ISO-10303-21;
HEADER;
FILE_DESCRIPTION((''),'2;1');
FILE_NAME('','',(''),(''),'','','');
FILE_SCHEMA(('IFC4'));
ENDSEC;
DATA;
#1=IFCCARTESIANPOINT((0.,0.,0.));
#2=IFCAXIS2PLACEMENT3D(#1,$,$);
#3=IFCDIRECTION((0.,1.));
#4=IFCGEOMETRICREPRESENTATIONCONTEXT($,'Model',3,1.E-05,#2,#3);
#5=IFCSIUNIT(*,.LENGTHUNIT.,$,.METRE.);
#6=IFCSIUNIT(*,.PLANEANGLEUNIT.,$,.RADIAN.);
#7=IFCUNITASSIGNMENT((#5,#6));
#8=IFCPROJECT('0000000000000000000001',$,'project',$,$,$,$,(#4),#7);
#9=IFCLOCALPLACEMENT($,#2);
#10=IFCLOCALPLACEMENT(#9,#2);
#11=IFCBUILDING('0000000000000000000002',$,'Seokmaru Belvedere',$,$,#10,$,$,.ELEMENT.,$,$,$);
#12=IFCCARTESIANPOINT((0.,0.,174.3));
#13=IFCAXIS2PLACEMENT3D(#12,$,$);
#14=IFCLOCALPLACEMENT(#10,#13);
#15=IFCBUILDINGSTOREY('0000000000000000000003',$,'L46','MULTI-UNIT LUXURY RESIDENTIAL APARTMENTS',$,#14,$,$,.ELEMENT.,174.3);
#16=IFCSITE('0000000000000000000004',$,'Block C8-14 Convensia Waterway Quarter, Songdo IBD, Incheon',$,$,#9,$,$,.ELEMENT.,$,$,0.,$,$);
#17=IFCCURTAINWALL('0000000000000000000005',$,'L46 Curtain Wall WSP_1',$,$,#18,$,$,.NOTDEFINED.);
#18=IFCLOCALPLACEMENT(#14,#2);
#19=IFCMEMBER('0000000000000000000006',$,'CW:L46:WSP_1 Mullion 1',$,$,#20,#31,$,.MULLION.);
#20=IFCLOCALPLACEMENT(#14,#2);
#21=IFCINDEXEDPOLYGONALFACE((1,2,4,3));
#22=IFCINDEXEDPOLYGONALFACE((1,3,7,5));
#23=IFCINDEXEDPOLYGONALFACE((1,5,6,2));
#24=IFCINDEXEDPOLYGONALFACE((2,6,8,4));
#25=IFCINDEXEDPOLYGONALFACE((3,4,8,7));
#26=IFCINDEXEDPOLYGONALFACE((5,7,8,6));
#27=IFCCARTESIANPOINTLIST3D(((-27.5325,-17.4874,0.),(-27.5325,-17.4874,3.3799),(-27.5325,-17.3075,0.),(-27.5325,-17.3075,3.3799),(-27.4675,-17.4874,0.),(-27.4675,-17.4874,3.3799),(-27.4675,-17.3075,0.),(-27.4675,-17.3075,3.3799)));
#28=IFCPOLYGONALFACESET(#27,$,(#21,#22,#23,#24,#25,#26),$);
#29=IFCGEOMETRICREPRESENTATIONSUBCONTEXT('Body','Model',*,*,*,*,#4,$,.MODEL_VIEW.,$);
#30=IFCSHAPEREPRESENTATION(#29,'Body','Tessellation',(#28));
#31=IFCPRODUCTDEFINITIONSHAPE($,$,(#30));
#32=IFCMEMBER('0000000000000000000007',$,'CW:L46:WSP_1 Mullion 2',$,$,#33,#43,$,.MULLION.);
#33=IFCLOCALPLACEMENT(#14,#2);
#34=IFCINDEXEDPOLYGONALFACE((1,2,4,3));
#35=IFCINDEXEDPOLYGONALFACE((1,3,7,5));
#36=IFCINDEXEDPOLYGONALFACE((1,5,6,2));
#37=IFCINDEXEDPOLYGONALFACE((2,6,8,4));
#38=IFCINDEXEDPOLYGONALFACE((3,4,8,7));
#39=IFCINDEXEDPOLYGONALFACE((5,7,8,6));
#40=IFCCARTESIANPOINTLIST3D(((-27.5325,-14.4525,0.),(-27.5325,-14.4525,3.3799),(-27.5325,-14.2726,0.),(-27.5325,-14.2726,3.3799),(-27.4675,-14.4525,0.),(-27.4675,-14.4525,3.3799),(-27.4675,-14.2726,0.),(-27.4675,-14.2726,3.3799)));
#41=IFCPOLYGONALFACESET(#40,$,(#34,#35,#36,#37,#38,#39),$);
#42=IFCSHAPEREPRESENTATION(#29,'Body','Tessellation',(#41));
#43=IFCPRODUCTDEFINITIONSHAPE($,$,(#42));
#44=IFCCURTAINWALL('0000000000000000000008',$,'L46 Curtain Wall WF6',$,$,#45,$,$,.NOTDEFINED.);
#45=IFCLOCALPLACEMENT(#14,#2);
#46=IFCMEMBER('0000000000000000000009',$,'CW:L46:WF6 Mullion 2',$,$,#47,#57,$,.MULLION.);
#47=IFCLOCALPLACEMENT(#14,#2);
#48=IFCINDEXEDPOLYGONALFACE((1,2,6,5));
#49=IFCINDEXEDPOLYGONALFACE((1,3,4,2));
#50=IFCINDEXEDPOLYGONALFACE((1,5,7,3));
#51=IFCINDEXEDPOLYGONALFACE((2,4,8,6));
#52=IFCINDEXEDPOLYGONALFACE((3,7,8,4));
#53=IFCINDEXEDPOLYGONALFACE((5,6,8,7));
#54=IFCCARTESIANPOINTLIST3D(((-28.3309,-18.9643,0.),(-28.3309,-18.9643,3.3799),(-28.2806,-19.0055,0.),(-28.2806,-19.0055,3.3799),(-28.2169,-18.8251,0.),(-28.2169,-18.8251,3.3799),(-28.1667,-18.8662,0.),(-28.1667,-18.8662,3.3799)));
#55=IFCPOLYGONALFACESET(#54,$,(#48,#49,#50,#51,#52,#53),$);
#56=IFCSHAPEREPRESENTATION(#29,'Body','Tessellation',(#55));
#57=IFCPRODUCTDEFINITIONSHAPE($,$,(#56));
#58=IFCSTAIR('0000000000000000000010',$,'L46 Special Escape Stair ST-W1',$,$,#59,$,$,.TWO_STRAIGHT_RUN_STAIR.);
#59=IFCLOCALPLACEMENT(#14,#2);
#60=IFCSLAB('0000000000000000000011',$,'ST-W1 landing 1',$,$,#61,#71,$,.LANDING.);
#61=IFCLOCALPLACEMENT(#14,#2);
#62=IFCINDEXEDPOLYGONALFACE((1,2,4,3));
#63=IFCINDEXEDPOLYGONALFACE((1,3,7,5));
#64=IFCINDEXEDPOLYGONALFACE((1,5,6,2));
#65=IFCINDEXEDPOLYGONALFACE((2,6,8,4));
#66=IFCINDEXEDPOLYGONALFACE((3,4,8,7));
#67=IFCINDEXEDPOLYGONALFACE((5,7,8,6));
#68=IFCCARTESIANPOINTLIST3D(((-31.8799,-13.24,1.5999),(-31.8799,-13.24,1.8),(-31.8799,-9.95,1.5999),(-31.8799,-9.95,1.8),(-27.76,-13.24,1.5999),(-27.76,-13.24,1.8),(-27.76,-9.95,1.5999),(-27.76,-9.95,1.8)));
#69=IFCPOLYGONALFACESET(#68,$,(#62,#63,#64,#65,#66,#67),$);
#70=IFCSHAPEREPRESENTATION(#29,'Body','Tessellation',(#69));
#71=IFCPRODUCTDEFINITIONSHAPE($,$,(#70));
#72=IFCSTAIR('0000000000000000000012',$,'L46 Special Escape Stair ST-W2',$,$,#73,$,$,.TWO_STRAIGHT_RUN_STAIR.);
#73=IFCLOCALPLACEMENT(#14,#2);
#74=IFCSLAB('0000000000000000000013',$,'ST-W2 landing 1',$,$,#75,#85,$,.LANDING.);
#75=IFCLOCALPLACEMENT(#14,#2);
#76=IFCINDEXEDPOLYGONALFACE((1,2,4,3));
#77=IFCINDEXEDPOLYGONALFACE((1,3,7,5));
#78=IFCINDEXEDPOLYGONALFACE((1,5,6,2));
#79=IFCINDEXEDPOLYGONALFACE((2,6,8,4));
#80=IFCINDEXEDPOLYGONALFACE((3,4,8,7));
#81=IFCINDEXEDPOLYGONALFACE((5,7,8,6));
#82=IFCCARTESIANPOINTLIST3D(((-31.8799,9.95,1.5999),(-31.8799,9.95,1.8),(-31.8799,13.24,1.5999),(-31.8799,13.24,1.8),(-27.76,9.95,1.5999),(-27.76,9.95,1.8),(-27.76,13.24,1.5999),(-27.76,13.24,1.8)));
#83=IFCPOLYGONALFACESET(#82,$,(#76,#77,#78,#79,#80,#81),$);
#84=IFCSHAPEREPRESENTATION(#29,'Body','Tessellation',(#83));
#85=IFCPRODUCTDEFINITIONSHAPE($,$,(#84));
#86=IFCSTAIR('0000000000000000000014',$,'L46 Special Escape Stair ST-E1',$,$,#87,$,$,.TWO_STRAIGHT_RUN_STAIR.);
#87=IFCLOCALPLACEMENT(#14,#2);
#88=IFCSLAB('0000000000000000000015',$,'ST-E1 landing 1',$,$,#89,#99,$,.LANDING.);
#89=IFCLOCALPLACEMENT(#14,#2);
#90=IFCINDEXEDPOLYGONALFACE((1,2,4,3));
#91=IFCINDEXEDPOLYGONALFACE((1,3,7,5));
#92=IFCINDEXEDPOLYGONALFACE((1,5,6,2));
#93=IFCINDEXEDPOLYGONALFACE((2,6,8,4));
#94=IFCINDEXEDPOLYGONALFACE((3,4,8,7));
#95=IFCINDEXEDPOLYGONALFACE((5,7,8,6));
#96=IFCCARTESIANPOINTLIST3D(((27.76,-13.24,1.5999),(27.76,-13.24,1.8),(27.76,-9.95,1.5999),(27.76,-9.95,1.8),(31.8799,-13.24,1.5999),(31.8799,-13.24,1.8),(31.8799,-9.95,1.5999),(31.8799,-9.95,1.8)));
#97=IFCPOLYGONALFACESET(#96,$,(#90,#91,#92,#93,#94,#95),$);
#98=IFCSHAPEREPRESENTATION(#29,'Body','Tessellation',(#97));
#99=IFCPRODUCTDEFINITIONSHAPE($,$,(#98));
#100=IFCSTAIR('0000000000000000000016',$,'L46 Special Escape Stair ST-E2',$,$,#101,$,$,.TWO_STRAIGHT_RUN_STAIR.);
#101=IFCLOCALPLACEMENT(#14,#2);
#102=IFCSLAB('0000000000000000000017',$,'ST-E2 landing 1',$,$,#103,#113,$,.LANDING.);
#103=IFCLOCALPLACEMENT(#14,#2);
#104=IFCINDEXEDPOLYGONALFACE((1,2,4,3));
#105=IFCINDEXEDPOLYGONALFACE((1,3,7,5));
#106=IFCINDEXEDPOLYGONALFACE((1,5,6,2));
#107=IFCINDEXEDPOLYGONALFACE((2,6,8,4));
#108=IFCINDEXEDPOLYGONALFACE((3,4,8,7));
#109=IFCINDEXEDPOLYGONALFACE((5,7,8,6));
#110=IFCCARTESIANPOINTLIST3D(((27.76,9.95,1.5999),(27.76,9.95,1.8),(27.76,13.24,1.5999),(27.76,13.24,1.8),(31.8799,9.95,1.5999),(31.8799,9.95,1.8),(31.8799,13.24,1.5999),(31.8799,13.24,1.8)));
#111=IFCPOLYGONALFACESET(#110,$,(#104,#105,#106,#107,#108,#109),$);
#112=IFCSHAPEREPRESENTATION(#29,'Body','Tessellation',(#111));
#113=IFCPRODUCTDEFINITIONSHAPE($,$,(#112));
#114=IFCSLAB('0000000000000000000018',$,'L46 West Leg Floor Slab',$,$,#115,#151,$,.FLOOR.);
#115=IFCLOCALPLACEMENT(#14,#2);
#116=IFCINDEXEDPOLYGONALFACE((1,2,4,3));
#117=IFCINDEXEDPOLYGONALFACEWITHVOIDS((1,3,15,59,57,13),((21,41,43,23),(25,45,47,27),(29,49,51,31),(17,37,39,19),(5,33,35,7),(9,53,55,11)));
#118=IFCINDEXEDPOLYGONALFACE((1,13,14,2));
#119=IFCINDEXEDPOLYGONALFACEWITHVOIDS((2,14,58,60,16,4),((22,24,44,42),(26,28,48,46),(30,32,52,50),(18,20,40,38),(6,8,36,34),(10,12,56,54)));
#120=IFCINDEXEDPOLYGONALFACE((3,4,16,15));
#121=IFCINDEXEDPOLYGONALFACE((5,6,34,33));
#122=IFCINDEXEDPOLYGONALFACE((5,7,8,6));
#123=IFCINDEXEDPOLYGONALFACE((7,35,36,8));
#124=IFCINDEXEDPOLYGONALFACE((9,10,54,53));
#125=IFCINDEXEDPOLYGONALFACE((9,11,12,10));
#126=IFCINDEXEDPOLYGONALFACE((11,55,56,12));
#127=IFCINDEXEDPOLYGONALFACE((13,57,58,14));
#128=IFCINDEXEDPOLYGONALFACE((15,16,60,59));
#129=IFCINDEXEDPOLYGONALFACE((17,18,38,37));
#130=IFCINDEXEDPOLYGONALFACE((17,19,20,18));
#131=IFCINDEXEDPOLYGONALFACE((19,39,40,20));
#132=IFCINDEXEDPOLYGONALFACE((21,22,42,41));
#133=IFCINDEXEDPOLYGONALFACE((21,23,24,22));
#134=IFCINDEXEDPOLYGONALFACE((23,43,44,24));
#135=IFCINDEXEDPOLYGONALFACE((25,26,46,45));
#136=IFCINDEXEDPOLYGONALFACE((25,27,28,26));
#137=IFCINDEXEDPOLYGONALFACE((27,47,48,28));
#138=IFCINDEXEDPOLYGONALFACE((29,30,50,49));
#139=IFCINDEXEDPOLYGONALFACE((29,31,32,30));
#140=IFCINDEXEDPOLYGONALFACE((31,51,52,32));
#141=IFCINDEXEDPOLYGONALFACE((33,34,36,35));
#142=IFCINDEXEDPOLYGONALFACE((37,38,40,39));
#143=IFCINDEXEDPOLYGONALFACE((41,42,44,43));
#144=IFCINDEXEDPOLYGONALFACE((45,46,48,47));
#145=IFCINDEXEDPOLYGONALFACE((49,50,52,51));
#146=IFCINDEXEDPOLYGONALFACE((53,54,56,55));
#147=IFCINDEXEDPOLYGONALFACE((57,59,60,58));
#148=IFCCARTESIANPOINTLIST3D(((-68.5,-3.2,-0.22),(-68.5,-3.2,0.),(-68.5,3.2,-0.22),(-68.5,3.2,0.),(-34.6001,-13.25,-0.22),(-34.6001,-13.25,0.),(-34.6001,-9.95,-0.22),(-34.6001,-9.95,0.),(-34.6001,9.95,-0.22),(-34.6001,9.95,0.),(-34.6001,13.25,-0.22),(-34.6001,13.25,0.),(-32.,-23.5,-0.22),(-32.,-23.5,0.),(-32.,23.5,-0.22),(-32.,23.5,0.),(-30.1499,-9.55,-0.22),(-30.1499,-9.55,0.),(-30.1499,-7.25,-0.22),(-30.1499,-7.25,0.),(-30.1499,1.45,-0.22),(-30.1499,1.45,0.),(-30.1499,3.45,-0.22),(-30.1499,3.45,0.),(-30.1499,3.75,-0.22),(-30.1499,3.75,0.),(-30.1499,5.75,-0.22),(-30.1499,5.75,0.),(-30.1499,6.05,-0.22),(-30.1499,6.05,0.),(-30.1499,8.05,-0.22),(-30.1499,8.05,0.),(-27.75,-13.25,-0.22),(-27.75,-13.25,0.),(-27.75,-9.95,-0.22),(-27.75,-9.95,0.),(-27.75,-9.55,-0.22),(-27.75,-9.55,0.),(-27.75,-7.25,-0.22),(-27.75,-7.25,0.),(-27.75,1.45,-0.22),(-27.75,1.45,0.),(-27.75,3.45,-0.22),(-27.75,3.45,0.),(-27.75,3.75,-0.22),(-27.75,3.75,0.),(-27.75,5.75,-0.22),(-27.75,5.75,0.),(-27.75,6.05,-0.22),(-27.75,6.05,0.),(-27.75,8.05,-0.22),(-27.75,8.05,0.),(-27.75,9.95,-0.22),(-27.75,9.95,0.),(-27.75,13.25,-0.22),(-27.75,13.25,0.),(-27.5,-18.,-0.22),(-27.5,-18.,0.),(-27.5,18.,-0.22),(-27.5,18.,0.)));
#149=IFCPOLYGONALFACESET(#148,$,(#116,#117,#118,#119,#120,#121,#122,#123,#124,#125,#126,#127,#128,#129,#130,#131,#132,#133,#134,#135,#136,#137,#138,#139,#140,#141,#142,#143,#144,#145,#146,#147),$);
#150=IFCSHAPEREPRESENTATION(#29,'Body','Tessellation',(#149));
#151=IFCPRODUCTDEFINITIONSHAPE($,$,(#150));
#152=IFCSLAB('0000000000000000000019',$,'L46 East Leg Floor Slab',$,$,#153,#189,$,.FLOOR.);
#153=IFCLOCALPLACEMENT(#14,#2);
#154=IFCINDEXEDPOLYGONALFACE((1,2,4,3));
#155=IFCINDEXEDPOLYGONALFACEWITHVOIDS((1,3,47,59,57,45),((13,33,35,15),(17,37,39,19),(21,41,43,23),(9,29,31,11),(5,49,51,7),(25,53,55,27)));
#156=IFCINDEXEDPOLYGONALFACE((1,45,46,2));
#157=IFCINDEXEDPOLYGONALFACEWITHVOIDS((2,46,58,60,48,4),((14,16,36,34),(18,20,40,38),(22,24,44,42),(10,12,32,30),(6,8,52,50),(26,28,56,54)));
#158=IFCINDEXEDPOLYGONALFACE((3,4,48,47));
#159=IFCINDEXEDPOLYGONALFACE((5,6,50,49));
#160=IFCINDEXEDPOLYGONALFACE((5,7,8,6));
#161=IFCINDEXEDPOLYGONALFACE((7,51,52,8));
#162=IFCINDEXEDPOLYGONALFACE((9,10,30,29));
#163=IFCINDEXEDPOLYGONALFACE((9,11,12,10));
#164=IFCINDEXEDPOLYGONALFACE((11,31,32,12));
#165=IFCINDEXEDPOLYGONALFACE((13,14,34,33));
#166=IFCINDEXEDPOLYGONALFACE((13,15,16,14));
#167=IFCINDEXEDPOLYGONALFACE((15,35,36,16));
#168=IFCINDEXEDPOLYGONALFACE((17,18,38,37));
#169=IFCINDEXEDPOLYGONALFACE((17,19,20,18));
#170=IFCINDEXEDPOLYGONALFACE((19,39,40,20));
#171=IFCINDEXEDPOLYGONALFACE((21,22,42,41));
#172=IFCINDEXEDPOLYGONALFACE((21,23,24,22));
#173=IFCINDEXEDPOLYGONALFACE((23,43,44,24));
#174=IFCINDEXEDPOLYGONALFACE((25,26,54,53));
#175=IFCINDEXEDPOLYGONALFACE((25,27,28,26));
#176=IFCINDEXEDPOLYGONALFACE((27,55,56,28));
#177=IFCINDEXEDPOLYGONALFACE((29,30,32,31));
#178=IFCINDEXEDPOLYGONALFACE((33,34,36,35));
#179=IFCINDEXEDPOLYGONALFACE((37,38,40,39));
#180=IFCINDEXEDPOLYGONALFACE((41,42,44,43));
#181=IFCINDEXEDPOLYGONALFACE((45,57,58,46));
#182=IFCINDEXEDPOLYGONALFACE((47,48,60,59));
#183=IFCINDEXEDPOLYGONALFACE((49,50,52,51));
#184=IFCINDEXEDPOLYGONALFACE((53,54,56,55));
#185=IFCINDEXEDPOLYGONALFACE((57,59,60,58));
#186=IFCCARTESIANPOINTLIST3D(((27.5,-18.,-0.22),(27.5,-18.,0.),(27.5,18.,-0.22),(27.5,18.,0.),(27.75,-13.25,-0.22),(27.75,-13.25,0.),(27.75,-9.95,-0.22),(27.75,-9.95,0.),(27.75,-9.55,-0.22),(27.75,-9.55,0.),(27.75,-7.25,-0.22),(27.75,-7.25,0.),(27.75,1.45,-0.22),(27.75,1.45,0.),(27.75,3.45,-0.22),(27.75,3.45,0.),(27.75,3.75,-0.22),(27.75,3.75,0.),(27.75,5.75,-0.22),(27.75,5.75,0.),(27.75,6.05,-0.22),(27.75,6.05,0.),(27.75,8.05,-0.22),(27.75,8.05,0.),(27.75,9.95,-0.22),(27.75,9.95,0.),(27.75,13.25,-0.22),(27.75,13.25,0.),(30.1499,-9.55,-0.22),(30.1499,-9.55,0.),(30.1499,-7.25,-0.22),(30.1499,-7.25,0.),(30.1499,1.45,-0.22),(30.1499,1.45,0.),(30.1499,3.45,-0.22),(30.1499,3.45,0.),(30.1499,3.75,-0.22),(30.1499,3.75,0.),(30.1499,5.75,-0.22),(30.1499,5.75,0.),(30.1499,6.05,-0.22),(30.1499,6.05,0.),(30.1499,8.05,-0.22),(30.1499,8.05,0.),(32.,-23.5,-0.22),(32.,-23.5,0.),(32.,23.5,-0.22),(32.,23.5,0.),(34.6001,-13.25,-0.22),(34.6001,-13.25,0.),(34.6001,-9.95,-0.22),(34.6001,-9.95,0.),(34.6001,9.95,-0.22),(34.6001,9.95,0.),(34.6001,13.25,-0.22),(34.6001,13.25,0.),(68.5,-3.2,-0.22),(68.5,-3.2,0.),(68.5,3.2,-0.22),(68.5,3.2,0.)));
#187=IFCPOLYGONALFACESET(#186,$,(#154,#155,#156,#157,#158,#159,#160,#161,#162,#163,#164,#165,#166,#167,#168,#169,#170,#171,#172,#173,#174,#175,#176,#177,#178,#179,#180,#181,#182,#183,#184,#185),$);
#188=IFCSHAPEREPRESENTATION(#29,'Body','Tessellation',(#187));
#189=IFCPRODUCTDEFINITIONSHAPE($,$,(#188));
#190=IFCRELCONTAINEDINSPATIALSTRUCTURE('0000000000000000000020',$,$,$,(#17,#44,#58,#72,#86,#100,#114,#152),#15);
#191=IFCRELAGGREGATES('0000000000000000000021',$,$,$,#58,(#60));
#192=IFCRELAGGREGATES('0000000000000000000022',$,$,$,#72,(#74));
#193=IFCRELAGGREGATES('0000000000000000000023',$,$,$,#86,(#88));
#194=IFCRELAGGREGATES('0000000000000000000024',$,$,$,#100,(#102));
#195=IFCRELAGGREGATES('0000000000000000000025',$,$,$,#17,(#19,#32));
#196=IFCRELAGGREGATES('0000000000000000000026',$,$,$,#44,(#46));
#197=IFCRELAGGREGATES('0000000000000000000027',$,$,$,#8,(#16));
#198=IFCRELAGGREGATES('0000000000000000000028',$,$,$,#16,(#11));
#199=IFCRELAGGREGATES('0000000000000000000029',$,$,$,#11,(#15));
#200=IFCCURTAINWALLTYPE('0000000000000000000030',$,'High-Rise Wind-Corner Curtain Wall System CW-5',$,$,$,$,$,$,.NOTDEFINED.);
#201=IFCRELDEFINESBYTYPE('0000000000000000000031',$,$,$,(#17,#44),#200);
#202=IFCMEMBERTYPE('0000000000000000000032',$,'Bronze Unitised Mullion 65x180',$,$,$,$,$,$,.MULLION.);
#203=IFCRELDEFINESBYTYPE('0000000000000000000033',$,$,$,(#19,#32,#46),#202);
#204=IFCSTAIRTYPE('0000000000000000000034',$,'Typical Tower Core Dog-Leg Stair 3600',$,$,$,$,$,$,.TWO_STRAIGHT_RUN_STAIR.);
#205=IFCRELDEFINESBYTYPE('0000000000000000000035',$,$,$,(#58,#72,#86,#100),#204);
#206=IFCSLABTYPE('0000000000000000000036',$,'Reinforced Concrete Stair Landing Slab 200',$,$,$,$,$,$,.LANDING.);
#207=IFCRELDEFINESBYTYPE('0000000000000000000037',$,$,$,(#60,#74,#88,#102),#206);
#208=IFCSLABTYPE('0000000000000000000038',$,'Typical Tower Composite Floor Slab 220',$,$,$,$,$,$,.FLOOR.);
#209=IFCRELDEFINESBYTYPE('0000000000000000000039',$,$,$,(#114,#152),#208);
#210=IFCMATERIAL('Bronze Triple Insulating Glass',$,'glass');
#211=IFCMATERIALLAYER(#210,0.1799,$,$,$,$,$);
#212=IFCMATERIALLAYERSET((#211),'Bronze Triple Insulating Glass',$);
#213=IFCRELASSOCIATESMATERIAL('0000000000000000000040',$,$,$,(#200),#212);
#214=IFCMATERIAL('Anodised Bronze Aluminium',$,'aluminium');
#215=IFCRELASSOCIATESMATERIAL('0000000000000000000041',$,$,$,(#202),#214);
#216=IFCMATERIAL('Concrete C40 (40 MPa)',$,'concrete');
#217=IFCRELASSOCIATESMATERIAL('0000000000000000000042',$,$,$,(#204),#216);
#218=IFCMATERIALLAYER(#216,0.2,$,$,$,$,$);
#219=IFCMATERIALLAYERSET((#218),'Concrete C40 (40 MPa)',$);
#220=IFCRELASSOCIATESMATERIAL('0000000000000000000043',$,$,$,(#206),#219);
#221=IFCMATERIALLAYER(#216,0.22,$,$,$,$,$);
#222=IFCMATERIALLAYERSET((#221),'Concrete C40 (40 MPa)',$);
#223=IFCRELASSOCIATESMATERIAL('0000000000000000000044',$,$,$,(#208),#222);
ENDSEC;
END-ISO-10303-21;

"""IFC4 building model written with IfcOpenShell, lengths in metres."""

from ifc_helpers import new_model, si_unit, direction, frame, origin, origin_2d, place, context, subcontext, project, spatial, polyline, rectangle, outline, extrude, source, transform, mapped, material, layer, layer_set, material_profile, profile_set, type_object, type_shapes, element, aggregate, save


model = new_model("IFC4")

# Units and contexts
model_context = context("Model", 3, precision=1e-05, world=origin(), true_north=direction((0.0, 1.0)))
body_context = subcontext(model_context, "Body", "Model", "MODEL_VIEW")
ifc_project = project(units=[si_unit("LENGTHUNIT", "METRE"), si_unit("PLANEANGLEUNIT", "RADIAN")], contexts=[model_context])

# Site, building, storey
site_placement = place(None, origin())
site = spatial("IfcSite", under=ifc_project, at=site_placement, Name="Block C8-14 Convensia Waterway Quarter, Songdo IBD, Incheon", CompositionType="ELEMENT", RefElevation=0.0)
building_placement = place(site_placement, origin())
building = spatial("IfcBuilding", under=site, at=building_placement, Name="Seokmaru Belvedere", CompositionType="ELEMENT")
storey_placement = place(building_placement, frame((0.0, 0.0, 174.3)))
storey = spatial("IfcBuildingStorey", under=building, at=storey_placement, Name="L46", Description="MULTI-UNIT LUXURY RESIDENTIAL APARTMENTS", CompositionType="ELEMENT", Elevation=174.3)

# Curtain wall, members
ifc_material_1 = material(Name="Bronze Triple Insulating Glass", Category="glass")
ifc_layer_1 = layer(ifc_material_1, 0.1799)
ifc_layer_set_1 = layer_set([ifc_layer_1], Name="Bronze Triple Insulating Glass")
curtain_wall_type = type_object("IfcCurtainWallType", Name="High-Rise Wind-Corner Curtain Wall System CW-5", PredefinedType="NOTDEFINED", material=ifc_layer_set_1)
curtain_wall_1_placement = place(storey_placement, origin())
curtain_wall_1 = element("IfcCurtainWall", 1, at=curtain_wall_1_placement, inside=storey, type_object=curtain_wall_type, Name="L46 Curtain Wall WSP_1", PredefinedType="NOTDEFINED")
ifc_material_2 = material(Name="Anodised Bronze Aluminium", Category="aluminium")
ifc_material_profile_1 = material_profile(ifc_material_2, rectangle(XDim=0.0649, YDim=0.1799, at=origin_2d()), Name="CW-M-65x180")
ifc_profile_set_1 = profile_set([ifc_material_profile_1], Name="Anodised Bronze Aluminium")
member_type_1 = type_object("IfcMemberType", Name="Bronze Unitised Mullion 65x180", PredefinedType="MULLION", material=ifc_profile_set_1)
shared_shape_1 = source(origin(), body_context, "Body", "SweptSolid", [
    extrude(rectangle(XDim=0.0649, YDim=0.1799, at=origin_2d()), origin(), (0.0, 0.0, 1.0), 3.3799),
])
type_shapes(member_type_1, [shared_shape_1])
member_1_placement = place(storey_placement, frame((-27.5, -17.3975, 0.0), z_axis=(0.0, 0.0, 1.0), x_axis=(-1.0, 0.0, 0.0)))
member_1 = element("IfcMember", 2, at=member_1_placement, type_object=member_type_1, Name="CW:L46:WSP_1 Mullion 1", PredefinedType="MULLION", context=body_context, shape_type="MappedRepresentation", body=[
    mapped(shared_shape_1, transform((0.0, 0.0, 0.0), scale=1.0)),
])
member_2_placement = place(storey_placement, frame((-27.5, -14.3625, 0.0), z_axis=(0.0, 0.0, 1.0), x_axis=(-1.0, 0.0, 0.0)))
member_2 = element("IfcMember", 3, at=member_2_placement, type_object=member_type_1, Name="CW:L46:WSP_1 Mullion 2", PredefinedType="MULLION", context=body_context, shape_type="MappedRepresentation", body=[
    mapped(shared_shape_1, transform((0.0, 0.0, 0.0), scale=1.0)),
])

# Curtain wall, member
curtain_wall_2_placement = place(storey_placement, origin())
curtain_wall_2 = element("IfcCurtainWall", 4, at=curtain_wall_2_placement, inside=storey, type_object=curtain_wall_type, Name="L46 Curtain Wall WF6", PredefinedType="NOTDEFINED")
member_3_placement = place(storey_placement, frame((-28.2488, -18.9153, 0.0), z_axis=(0.0, 0.0, 1.0), x_axis=(-0.773944, 0.633254, 0.0)))
member_3 = element("IfcMember", 5, at=member_3_placement, type_object=member_type_1, Name="CW:L46:WF6 Mullion 2", PredefinedType="MULLION", context=body_context, shape_type="MappedRepresentation", body=[
    mapped(shared_shape_1, transform((0.0, 0.0, 0.0), scale=1.0)),
])

# Stairs, slabs
ifc_material_3 = material(Name="Concrete C40 (40 MPa)", Category="concrete")
stair_type = type_object("IfcStairType", Name="Typical Tower Core Dog-Leg Stair 3600", PredefinedType="TWO_STRAIGHT_RUN_STAIR", material=ifc_material_3)
stair_1_placement = place(storey_placement, origin())
stair_1 = element("IfcStair", 6, at=stair_1_placement, inside=storey, type_object=stair_type, Name="L46 Special Escape Stair ST-W1", PredefinedType="TWO_STRAIGHT_RUN_STAIR")
ifc_layer_2 = layer(ifc_material_3, 0.2)
ifc_layer_set_2 = layer_set([ifc_layer_2], Name="Concrete C40 (40 MPa)")
slab_type_1 = type_object("IfcSlabType", Name="Reinforced Concrete Stair Landing Slab 200", PredefinedType="LANDING", material=ifc_layer_set_2)
slab_1_placement = place(storey_placement, frame((0.0, 0.0, 1.5999)))
slab_1 = element("IfcSlab", 7, at=slab_1_placement, type_object=slab_type_1, Name="ST-W1 landing 1", PredefinedType="LANDING", context=body_context, shape_type="SweptSolid", body=[
    extrude(outline(polyline([(-31.8799, -13.24), (-27.76, -13.24), (-27.76, -9.95), (-31.8799, -9.95), (-31.8799, -13.24)])), origin(), (0.0, 0.0, 1.0), 0.2002),
])
aggregate(stair_1, [slab_1])
stair_2_placement = place(storey_placement, origin())
stair_2 = element("IfcStair", 8, at=stair_2_placement, inside=storey, type_object=stair_type, Name="L46 Special Escape Stair ST-W2", PredefinedType="TWO_STRAIGHT_RUN_STAIR")
slab_2_placement = place(storey_placement, frame((0.0, 0.0, 1.5999)))
slab_2 = element("IfcSlab", 9, at=slab_2_placement, type_object=slab_type_1, Name="ST-W2 landing 1", PredefinedType="LANDING", context=body_context, shape_type="SweptSolid", body=[
    extrude(outline(polyline([(-31.8799, 9.95), (-27.76, 9.95), (-27.76, 13.24), (-31.8799, 13.24), (-31.8799, 9.95)])), origin(), (0.0, 0.0, 1.0), 0.2002),
])
aggregate(stair_2, [slab_2])
stair_3_placement = place(storey_placement, origin())
stair_3 = element("IfcStair", 10, at=stair_3_placement, inside=storey, type_object=stair_type, Name="L46 Special Escape Stair ST-E1", PredefinedType="TWO_STRAIGHT_RUN_STAIR")
slab_3_placement = place(storey_placement, frame((0.0, 0.0, 1.5999)))
slab_3 = element("IfcSlab", 11, at=slab_3_placement, type_object=slab_type_1, Name="ST-E1 landing 1", PredefinedType="LANDING", context=body_context, shape_type="SweptSolid", body=[
    extrude(outline(polyline([(27.76, -13.24), (31.8799, -13.24), (31.8799, -9.95), (27.76, -9.95), (27.76, -13.24)])), origin(), (0.0, 0.0, 1.0), 0.2002),
])
aggregate(stair_3, [slab_3])
stair_4_placement = place(storey_placement, origin())
stair_4 = element("IfcStair", 12, at=stair_4_placement, inside=storey, type_object=stair_type, Name="L46 Special Escape Stair ST-E2", PredefinedType="TWO_STRAIGHT_RUN_STAIR")
slab_4_placement = place(storey_placement, frame((0.0, 0.0, 1.5999)))
slab_4 = element("IfcSlab", 13, at=slab_4_placement, type_object=slab_type_1, Name="ST-E2 landing 1", PredefinedType="LANDING", context=body_context, shape_type="SweptSolid", body=[
    extrude(outline(polyline([(27.76, 9.95), (31.8799, 9.95), (31.8799, 13.24), (27.76, 13.24), (27.76, 9.95)])), origin(), (0.0, 0.0, 1.0), 0.2002),
])
aggregate(stair_4, [slab_4])

# Slabs
ifc_layer_3 = layer(ifc_material_3, 0.22)
ifc_layer_set_3 = layer_set([ifc_layer_3], Name="Concrete C40 (40 MPa)")
slab_type_2 = type_object("IfcSlabType", Name="Typical Tower Composite Floor Slab 220", PredefinedType="FLOOR", material=ifc_layer_set_3)
slab_5_placement = place(storey_placement, frame((0.0, 0.0, -0.22)))
element("IfcSlab", 14, at=slab_5_placement, inside=storey, type_object=slab_type_2, Name="L46 West Leg Floor Slab", PredefinedType="FLOOR", context=body_context, shape_type="SweptSolid", body=[
    extrude(outline(polyline([(-27.5, -18.0), (-27.5, 18.0), (-32.0, 23.5), (-68.5, 3.2), (-68.5, -3.2), (-32.0, -23.5), (-27.5, -18.0)]), holes=[polyline([(-34.6001, -13.25), (-27.75, -13.25), (-27.75, -9.95), (-34.6001, -9.95), (-34.6001, -13.25)]), polyline([(-34.6001, 9.95), (-27.75, 9.95), (-27.75, 13.25), (-34.6001, 13.25), (-34.6001, 9.95)]), polyline([(-30.1499, -9.55), (-27.75, -9.55), (-27.75, -7.25), (-30.1499, -7.25), (-30.1499, -9.55)]), polyline([(-30.1499, 1.45), (-27.75, 1.45), (-27.75, 3.45), (-30.1499, 3.45), (-30.1499, 1.45)]), polyline([(-30.1499, 3.75), (-27.75, 3.75), (-27.75, 5.75), (-30.1499, 5.75), (-30.1499, 3.75)]), polyline([(-30.1499, 6.05), (-27.75, 6.05), (-27.75, 8.05), (-30.1499, 8.05), (-30.1499, 6.05)])]), origin(), (0.0, 0.0, 1.0), 0.22),
])
slab_6_placement = place(storey_placement, frame((0.0, 0.0, -0.22)))
element("IfcSlab", 15, at=slab_6_placement, inside=storey, type_object=slab_type_2, Name="L46 East Leg Floor Slab", PredefinedType="FLOOR", context=body_context, shape_type="SweptSolid", body=[
    extrude(outline(polyline([(32.0, -23.5), (68.5, -3.2), (68.5, 3.2), (32.0, 23.5), (27.5, 18.0), (27.5, -18.0), (32.0, -23.5)]), holes=[polyline([(27.75, -13.25), (34.6001, -13.25), (34.6001, -9.95), (27.75, -9.95), (27.75, -13.25)]), polyline([(27.75, 9.95), (34.6001, 9.95), (34.6001, 13.25), (27.75, 13.25), (27.75, 9.95)]), polyline([(27.75, -9.55), (30.1499, -9.55), (30.1499, -7.25), (27.75, -7.25), (27.75, -9.55)]), polyline([(27.75, 1.45), (30.1499, 1.45), (30.1499, 3.45), (27.75, 3.45), (27.75, 1.45)]), polyline([(27.75, 3.75), (30.1499, 3.75), (30.1499, 5.75), (27.75, 5.75), (27.75, 3.75)]), polyline([(27.75, 6.05), (30.1499, 6.05), (30.1499, 8.05), (27.75, 8.05), (27.75, 6.05)])]), origin(), (0.0, 0.0, 1.0), 0.22),
])

aggregate(curtain_wall_1, [member_1, member_2])
aggregate(curtain_wall_2, [member_3])

save(model, "model.ifc")
